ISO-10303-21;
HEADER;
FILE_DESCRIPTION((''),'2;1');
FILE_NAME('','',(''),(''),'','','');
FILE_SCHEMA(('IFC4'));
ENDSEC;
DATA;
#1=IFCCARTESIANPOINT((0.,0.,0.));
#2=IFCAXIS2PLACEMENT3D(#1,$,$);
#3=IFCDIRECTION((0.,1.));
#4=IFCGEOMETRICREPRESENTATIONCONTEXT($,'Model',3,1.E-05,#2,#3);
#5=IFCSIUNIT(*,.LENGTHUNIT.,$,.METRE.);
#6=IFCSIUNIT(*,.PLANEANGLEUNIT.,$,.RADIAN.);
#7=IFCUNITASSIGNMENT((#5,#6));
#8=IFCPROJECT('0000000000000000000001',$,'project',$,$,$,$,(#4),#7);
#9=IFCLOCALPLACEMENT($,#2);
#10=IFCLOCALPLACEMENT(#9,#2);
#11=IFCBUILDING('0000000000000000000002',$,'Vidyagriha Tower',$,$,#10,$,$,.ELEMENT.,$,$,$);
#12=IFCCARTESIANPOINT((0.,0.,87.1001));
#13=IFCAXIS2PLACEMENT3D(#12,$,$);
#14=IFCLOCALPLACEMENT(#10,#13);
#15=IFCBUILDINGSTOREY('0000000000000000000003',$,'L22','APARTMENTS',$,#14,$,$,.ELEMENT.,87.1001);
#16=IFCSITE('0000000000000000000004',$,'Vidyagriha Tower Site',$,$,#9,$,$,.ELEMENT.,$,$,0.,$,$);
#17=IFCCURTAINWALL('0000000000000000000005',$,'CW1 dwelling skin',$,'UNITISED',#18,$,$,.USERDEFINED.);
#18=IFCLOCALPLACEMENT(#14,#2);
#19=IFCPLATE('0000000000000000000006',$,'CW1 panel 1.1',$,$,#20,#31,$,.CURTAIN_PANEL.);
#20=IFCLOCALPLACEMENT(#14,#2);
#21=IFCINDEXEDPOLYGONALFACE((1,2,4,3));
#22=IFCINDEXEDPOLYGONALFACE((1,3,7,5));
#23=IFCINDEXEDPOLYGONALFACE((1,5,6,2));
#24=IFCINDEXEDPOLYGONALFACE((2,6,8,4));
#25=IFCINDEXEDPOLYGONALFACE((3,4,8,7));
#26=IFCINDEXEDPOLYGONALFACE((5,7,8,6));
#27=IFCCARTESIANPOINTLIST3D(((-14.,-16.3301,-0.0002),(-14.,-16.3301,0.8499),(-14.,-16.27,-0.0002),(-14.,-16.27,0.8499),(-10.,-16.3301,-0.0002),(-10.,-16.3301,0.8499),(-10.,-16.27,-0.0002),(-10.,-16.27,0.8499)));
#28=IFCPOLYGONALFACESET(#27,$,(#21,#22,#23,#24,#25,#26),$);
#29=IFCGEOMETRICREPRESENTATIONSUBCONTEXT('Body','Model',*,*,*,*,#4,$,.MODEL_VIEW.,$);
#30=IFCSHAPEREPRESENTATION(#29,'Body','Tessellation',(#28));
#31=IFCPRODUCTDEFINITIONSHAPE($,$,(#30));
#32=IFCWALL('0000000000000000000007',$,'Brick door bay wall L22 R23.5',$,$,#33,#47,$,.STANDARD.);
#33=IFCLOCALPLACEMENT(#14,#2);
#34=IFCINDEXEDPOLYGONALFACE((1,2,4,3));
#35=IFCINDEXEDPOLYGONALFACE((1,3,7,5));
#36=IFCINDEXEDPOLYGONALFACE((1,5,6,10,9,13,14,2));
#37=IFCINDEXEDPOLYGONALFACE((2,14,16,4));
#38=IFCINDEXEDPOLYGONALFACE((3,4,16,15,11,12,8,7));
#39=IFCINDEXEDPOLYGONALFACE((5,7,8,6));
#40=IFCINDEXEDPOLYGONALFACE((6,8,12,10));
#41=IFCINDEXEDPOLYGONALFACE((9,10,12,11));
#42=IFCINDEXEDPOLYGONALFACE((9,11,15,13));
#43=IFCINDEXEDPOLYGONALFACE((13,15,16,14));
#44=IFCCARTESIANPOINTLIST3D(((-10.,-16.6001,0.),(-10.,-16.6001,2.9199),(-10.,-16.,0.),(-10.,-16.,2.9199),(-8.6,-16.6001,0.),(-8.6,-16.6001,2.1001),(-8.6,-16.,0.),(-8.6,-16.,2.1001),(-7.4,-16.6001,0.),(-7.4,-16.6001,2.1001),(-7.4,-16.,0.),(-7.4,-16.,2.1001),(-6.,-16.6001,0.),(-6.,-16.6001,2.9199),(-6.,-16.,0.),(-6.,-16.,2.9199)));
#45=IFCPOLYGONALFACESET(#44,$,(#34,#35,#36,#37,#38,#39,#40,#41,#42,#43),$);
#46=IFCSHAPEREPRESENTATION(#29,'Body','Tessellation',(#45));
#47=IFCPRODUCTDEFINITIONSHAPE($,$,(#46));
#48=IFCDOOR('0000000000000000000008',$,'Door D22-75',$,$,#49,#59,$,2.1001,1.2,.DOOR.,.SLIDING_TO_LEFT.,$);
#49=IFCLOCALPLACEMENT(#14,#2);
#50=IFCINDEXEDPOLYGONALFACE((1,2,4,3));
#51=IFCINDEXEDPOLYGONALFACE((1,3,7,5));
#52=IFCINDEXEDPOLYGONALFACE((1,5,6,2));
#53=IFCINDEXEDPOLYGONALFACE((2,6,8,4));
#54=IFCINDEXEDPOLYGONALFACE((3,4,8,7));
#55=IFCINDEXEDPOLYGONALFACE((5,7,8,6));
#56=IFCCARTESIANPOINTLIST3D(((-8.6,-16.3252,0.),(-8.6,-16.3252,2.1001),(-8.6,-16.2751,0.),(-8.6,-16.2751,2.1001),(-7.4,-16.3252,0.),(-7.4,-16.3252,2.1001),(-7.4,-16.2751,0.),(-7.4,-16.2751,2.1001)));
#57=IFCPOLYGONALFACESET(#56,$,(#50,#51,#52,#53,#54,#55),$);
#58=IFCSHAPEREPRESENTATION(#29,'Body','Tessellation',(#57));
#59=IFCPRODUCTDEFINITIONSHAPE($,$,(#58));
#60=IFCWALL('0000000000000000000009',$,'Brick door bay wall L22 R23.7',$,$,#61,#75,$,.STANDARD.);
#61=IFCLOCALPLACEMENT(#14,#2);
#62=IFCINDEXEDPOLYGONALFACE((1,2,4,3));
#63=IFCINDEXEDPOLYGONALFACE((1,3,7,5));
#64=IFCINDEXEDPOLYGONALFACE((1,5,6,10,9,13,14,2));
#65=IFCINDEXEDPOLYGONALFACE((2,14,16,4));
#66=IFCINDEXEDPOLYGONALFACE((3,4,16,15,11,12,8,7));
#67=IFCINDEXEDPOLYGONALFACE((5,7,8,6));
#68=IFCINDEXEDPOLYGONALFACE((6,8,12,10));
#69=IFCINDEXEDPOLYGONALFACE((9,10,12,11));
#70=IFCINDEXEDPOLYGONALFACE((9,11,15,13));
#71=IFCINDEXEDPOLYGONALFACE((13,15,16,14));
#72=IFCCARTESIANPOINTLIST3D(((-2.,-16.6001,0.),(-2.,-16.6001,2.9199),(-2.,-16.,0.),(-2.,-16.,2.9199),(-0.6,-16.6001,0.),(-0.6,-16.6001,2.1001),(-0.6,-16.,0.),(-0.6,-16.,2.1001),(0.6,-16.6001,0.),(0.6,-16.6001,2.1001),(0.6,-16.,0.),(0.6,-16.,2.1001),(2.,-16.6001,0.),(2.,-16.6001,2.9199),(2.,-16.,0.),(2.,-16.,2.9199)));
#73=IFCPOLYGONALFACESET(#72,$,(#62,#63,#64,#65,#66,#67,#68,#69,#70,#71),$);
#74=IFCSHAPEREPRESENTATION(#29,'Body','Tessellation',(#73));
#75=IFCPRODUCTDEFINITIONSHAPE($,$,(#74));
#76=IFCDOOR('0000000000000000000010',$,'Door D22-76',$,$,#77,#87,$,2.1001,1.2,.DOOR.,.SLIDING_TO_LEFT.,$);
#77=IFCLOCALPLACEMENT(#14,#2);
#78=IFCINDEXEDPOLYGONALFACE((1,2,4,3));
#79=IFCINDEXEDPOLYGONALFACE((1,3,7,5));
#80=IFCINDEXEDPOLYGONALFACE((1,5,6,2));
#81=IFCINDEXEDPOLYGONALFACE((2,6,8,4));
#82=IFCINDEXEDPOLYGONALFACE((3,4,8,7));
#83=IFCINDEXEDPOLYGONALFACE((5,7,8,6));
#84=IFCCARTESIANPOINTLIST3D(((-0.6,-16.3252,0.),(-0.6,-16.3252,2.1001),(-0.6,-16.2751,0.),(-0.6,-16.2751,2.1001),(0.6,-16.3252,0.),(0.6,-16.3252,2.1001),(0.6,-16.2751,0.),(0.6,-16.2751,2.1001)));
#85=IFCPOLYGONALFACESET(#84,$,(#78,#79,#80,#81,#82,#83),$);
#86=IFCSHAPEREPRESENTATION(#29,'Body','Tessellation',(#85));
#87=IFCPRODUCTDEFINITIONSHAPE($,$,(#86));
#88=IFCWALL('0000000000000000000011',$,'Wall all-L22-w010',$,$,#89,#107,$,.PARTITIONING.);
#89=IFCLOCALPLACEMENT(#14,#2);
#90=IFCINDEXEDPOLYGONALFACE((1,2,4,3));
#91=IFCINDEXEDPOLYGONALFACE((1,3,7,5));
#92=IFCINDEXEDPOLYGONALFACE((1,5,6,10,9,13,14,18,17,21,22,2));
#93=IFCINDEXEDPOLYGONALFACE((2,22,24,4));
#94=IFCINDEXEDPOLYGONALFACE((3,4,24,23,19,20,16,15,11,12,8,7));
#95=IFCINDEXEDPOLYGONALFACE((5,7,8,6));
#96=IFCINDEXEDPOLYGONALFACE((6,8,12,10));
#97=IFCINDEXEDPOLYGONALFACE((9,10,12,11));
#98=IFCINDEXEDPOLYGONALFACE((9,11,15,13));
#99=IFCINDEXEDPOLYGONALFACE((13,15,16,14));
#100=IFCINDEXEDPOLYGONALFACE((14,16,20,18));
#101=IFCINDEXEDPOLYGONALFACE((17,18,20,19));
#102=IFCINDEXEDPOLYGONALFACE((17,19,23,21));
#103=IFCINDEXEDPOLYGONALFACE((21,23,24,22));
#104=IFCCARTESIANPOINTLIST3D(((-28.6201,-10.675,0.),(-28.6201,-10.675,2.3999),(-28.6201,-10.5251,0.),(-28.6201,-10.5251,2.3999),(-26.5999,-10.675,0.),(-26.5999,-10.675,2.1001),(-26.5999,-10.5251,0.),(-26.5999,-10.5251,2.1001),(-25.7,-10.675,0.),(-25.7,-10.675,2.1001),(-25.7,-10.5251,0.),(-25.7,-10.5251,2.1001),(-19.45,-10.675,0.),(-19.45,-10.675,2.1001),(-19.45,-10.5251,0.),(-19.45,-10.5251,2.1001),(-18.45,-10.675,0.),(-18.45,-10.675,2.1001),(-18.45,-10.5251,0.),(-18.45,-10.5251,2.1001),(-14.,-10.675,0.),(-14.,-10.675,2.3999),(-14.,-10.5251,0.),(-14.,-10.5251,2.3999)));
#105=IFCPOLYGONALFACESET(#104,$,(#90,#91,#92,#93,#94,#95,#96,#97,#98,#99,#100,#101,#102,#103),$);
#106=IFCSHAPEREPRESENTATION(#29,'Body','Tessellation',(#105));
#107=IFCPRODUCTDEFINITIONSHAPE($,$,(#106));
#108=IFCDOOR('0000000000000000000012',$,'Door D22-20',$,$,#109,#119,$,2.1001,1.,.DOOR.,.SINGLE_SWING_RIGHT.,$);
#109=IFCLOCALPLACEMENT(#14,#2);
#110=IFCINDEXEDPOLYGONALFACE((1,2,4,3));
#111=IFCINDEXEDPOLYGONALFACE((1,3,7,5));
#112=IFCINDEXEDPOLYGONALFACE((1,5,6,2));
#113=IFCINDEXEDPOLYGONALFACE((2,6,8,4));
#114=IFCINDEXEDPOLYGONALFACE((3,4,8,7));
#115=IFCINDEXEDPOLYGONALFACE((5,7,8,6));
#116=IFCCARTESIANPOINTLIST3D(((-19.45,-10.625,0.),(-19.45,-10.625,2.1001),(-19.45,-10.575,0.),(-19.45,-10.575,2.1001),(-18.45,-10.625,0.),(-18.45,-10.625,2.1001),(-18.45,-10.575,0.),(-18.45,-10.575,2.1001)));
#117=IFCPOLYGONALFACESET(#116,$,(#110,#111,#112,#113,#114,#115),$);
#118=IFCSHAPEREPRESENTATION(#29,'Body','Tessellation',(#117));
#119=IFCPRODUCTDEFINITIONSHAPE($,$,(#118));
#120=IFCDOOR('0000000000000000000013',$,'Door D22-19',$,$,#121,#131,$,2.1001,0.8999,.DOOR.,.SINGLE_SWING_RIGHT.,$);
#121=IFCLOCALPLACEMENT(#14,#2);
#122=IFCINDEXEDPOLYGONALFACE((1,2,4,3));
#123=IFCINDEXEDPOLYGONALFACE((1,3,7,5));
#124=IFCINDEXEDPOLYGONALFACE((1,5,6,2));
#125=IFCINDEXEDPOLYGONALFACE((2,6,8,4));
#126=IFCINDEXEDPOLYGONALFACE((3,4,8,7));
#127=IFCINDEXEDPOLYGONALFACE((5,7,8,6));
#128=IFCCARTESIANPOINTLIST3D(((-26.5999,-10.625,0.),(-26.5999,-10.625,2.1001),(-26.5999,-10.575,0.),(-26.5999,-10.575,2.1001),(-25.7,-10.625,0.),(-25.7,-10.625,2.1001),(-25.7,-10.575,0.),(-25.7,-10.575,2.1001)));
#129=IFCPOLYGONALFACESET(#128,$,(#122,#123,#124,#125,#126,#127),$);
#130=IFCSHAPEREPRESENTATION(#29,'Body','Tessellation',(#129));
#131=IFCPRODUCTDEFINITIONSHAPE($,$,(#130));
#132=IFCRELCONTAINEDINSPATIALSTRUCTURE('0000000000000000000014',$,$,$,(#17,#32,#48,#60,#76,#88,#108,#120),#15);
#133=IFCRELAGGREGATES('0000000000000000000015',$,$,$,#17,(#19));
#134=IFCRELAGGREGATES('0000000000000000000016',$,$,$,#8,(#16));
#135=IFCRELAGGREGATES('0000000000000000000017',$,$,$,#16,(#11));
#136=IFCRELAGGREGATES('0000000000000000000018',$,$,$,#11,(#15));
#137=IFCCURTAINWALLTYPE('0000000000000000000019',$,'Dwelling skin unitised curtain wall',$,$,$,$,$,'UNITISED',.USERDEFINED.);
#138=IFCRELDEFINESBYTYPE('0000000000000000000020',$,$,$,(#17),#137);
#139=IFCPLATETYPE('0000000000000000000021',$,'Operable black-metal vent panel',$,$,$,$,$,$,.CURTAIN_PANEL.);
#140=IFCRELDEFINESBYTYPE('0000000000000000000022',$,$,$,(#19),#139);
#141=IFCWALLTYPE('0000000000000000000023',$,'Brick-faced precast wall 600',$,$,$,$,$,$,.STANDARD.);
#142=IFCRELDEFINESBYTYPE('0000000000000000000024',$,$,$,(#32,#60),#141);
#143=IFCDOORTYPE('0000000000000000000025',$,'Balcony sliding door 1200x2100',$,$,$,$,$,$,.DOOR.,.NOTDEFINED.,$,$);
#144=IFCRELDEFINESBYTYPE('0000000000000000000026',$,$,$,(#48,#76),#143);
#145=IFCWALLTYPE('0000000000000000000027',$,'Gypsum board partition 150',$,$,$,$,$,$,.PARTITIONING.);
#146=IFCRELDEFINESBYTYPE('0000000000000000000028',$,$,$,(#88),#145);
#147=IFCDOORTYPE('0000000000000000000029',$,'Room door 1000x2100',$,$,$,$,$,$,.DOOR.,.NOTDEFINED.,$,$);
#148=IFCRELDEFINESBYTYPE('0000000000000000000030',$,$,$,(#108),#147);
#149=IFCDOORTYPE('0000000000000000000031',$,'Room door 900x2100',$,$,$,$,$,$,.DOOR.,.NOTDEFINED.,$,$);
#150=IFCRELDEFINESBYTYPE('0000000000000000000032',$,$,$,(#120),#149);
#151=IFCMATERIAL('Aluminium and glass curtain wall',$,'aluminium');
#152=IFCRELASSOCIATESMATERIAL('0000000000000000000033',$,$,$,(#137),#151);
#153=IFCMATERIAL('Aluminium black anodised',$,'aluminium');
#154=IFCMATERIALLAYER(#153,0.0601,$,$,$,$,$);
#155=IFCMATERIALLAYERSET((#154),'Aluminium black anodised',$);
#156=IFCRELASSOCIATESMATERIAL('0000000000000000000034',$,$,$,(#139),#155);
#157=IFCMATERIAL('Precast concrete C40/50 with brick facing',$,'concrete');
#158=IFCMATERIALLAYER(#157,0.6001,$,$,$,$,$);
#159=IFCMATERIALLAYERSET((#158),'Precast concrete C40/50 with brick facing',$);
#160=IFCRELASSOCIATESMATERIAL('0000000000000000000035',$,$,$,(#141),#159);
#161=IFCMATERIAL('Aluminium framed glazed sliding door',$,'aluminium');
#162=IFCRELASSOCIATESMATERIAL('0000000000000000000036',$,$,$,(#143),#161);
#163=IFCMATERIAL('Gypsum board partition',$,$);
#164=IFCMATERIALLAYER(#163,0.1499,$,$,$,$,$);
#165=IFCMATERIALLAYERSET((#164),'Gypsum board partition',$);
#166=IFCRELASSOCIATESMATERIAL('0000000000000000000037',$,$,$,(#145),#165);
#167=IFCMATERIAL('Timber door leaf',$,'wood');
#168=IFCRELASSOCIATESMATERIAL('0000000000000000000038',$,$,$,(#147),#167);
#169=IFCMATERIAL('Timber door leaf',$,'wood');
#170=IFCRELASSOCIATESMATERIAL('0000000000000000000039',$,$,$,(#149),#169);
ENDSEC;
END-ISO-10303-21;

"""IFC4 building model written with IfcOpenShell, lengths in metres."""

from ifc_helpers import new_model, si_unit, direction, frame, frame_2d, origin, origin_2d, place, context, subcontext, project, spatial, rectangle, extrude, material, layer, layer_set, type_object, element, fill, aggregate, save


model = new_model("IFC4")

# Units and contexts
model_context = context("Model", 3, precision=1e-05, world=origin(), true_north=direction((0.0, 1.0)))
body_context = subcontext(model_context, "Body", "Model", "MODEL_VIEW")
ifc_project = project(units=[si_unit("LENGTHUNIT", "METRE"), si_unit("PLANEANGLEUNIT", "RADIAN")], contexts=[model_context])

# Site, building, storey
site_placement = place(None, origin())
site = spatial("IfcSite", under=ifc_project, at=site_placement, Name="Vidyagriha Tower Site", CompositionType="ELEMENT", RefElevation=0.0)
building_placement = place(site_placement, origin())
building = spatial("IfcBuilding", under=site, at=building_placement, Name="Vidyagriha Tower", CompositionType="ELEMENT")
storey_placement = place(building_placement, frame((0.0, 0.0, 87.1001)))
storey = spatial("IfcBuildingStorey", under=building, at=storey_placement, Name="L22", Description="APARTMENTS", CompositionType="ELEMENT", Elevation=87.1001)

# Curtain wall
ifc_material_1 = material(Name="Aluminium and glass curtain wall", Category="aluminium")
curtain_wall_type = type_object("IfcCurtainWallType", Name="Dwelling skin unitised curtain wall", ElementType="UNITISED", PredefinedType="USERDEFINED", material=ifc_material_1)
curtain_wall_1_placement = place(storey_placement, origin())
curtain_wall_1 = element("IfcCurtainWall", 1, at=curtain_wall_1_placement, inside=storey, type_object=curtain_wall_type, Name="CW1 dwelling skin", ObjectType="UNITISED", PredefinedType="USERDEFINED")

# Plate
ifc_material_2 = material(Name="Aluminium black anodised", Category="aluminium")
ifc_layer_1 = layer(ifc_material_2, 0.0601)
ifc_layer_set_1 = layer_set([ifc_layer_1], Name="Aluminium black anodised")
plate_type_1 = type_object("IfcPlateType", Name="Operable black-metal vent panel", PredefinedType="CURTAIN_PANEL", material=ifc_layer_set_1)
plate_1_placement = place(storey_placement, frame((-12.0, -16.3, -0.0002)))
plate_1 = element("IfcPlate", 2, at=plate_1_placement, type_object=plate_type_1, Name="CW1 panel 1.1", PredefinedType="CURTAIN_PANEL", context=body_context, shape_type="SweptSolid", body=[
    extrude(rectangle(XDim=4.0, YDim=0.0601, at=origin_2d()), origin(), (0.0, 0.0, 1.0), 0.8501),
])
aggregate(curtain_wall_1, [plate_1])

# Walls, openings, doors
ifc_material_3 = material(Name="Precast concrete C40/50 with brick facing", Category="concrete")
ifc_layer_2 = layer(ifc_material_3, 0.6001)
ifc_layer_set_2 = layer_set([ifc_layer_2], Name="Precast concrete C40/50 with brick facing")
wall_type_1 = type_object("IfcWallType", Name="Brick-faced precast wall 600", PredefinedType="STANDARD", material=ifc_layer_set_2)
wall_1_placement = place(storey_placement, frame((-10.0, -16.3, 0.0)))
wall_1 = element("IfcWall", 3, at=wall_1_placement, inside=storey, type_object=wall_type_1, Name="Brick door bay wall L22 R23.5", PredefinedType="STANDARD", context=body_context, shape_type="SweptSolid", body=[
    extrude(rectangle(XDim=4.0, YDim=0.6001, at=frame_2d((2.0, 0.0))), origin(), (0.0, 0.0, 1.0), 2.9199),
])
opening_1_placement = place(wall_1_placement, frame((1.3999, 0.0, 0.0)))
opening_1 = element("IfcOpeningElement", 4, at=opening_1_placement, cuts=wall_1, PredefinedType="OPENING", context=body_context, shape_type="SweptSolid", body=[
    extrude(rectangle(XDim=1.2, YDim=2.1001, at=frame_2d((0.6001, 1.05))), frame((0.0, 0.3101, 0.0), z_axis=(0.0, -1.0, 0.0), x_axis=(1.0, 0.0, 0.0)), (0.0, 0.0, 1.0), 0.6201),
])
ifc_material_4 = material(Name="Aluminium framed glazed sliding door", Category="aluminium")
door_type_1 = type_object("IfcDoorType", Name="Balcony sliding door 1200x2100", OperationType="NOTDEFINED", PredefinedType="DOOR", material=ifc_material_4)
door_1_placement = place(opening_1_placement, origin())
door_1 = element("IfcDoor", 5, at=door_1_placement, inside=storey, type_object=door_type_1, Name="Door D22-75", OperationType="SLIDING_TO_LEFT", OverallHeight=2.1001, OverallWidth=1.2, PredefinedType="DOOR", context=body_context, shape_type="SweptSolid", body=[
    extrude(rectangle(XDim=1.2, YDim=2.1001, at=frame_2d((0.6001, 1.05))), frame((0.0, 0.0249, 0.0), z_axis=(0.0, -1.0, 0.0), x_axis=(1.0, 0.0, 0.0)), (0.0, 0.0, 1.0), 0.05),
])
fill(opening_1, door_1)
wall_2_placement = place(storey_placement, frame((-2.0, -16.3, 0.0)))
wall_2 = element("IfcWall", 6, at=wall_2_placement, inside=storey, type_object=wall_type_1, Name="Brick door bay wall L22 R23.7", PredefinedType="STANDARD", context=body_context, shape_type="SweptSolid", body=[
    extrude(rectangle(XDim=4.0, YDim=0.6001, at=frame_2d((2.0, 0.0))), origin(), (0.0, 0.0, 1.0), 2.9199),
])
opening_2_placement = place(wall_2_placement, frame((1.3999, 0.0, 0.0)))
opening_2 = element("IfcOpeningElement", 7, at=opening_2_placement, cuts=wall_2, PredefinedType="OPENING", context=body_context, shape_type="SweptSolid", body=[
    extrude(rectangle(XDim=1.2, YDim=2.1001, at=frame_2d((0.6001, 1.05))), frame((0.0, 0.3101, 0.0), z_axis=(0.0, -1.0, 0.0), x_axis=(1.0, 0.0, 0.0)), (0.0, 0.0, 1.0), 0.6201),
])
door_2_placement = place(opening_2_placement, origin())
door_2 = element("IfcDoor", 8, at=door_2_placement, inside=storey, type_object=door_type_1, Name="Door D22-76", OperationType="SLIDING_TO_LEFT", OverallHeight=2.1001, OverallWidth=1.2, PredefinedType="DOOR", context=body_context, shape_type="SweptSolid", body=[
    extrude(rectangle(XDim=1.2, YDim=2.1001, at=frame_2d((0.6001, 1.05))), frame((0.0, 0.0249, 0.0), z_axis=(0.0, -1.0, 0.0), x_axis=(1.0, 0.0, 0.0)), (0.0, 0.0, 1.0), 0.05),
])
fill(opening_2, door_2)

# Wall, openings, doors
ifc_material_5 = material(Name="Gypsum board partition")
ifc_layer_3 = layer(ifc_material_5, 0.1499)
ifc_layer_set_3 = layer_set([ifc_layer_3], Name="Gypsum board partition")
wall_type_2 = type_object("IfcWallType", Name="Gypsum board partition 150", PredefinedType="PARTITIONING", material=ifc_layer_set_3)
wall_3_placement = place(storey_placement, frame((-14.0, -10.6001, 0.0), z_axis=(0.0, 0.0, 1.0), x_axis=(-1.0, 0.0, 0.0)))
wall_3 = element("IfcWall", 9, at=wall_3_placement, inside=storey, type_object=wall_type_2, Name="Wall all-L22-w010", PredefinedType="PARTITIONING", context=body_context, shape_type="SweptSolid", body=[
    extrude(rectangle(XDim=14.6201, YDim=0.1499, at=frame_2d((7.3101, 0.0))), origin(), (0.0, 0.0, 1.0), 2.3999),
])
opening_3_placement = place(wall_3_placement, frame((11.7, 0.0, 0.0)))
opening_3 = element("IfcOpeningElement", 10, at=opening_3_placement, cuts=wall_3, PredefinedType="OPENING", context=body_context, shape_type="SweptSolid", body=[
    extrude(rectangle(XDim=0.8999, YDim=2.1001, at=frame_2d((0.45, 1.05))), frame((0.0, 0.085, 0.0), z_axis=(0.0, -1.0, 0.0), x_axis=(1.0, 0.0, 0.0)), (0.0, 0.0, 1.0), 0.1699),
])
opening_4_placement = place(wall_3_placement, frame((4.45, 0.0, 0.0)))
opening_4 = element("IfcOpeningElement", 11, at=opening_4_placement, cuts=wall_3, PredefinedType="OPENING", context=body_context, shape_type="SweptSolid", body=[
    extrude(rectangle(XDim=1.0, YDim=2.1001, at=frame_2d((0.5, 1.05))), frame((0.0, 0.085, 0.0), z_axis=(0.0, -1.0, 0.0), x_axis=(1.0, 0.0, 0.0)), (0.0, 0.0, 1.0), 0.1699),
])
ifc_material_6 = material(Name="Timber door leaf", Category="wood")
door_type_2 = type_object("IfcDoorType", Name="Room door 1000x2100", OperationType="NOTDEFINED", PredefinedType="DOOR", material=ifc_material_6)
door_3_placement = place(opening_4_placement, origin())
door_3 = element("IfcDoor", 12, at=door_3_placement, inside=storey, type_object=door_type_2, Name="Door D22-20", OperationType="SINGLE_SWING_RIGHT", OverallHeight=2.1001, OverallWidth=1.0, PredefinedType="DOOR", context=body_context, shape_type="SweptSolid", body=[
    extrude(rectangle(XDim=1.0, YDim=2.1001, at=frame_2d((0.5, 1.05))), frame((0.0, 0.0249, 0.0), z_axis=(0.0, -1.0, 0.0), x_axis=(1.0, 0.0, 0.0)), (0.0, 0.0, 1.0), 0.05),
])
fill(opening_4, door_3)
ifc_material_7 = material(Name="Timber door leaf", Category="wood")
door_type_3 = type_object("IfcDoorType", Name="Room door 900x2100", OperationType="NOTDEFINED", PredefinedType="DOOR", material=ifc_material_7)
door_4_placement = place(opening_3_placement, origin())
door_4 = element("IfcDoor", 13, at=door_4_placement, inside=storey, type_object=door_type_3, Name="Door D22-19", OperationType="SINGLE_SWING_RIGHT", OverallHeight=2.1001, OverallWidth=0.8999, PredefinedType="DOOR", context=body_context, shape_type="SweptSolid", body=[
    extrude(rectangle(XDim=0.8999, YDim=2.1001, at=frame_2d((0.45, 1.05))), frame((0.0, 0.0249, 0.0), z_axis=(0.0, -1.0, 0.0), x_axis=(1.0, 0.0, 0.0)), (0.0, 0.0, 1.0), 0.05),
])
fill(opening_3, door_4)

save(model, "model.ifc")
